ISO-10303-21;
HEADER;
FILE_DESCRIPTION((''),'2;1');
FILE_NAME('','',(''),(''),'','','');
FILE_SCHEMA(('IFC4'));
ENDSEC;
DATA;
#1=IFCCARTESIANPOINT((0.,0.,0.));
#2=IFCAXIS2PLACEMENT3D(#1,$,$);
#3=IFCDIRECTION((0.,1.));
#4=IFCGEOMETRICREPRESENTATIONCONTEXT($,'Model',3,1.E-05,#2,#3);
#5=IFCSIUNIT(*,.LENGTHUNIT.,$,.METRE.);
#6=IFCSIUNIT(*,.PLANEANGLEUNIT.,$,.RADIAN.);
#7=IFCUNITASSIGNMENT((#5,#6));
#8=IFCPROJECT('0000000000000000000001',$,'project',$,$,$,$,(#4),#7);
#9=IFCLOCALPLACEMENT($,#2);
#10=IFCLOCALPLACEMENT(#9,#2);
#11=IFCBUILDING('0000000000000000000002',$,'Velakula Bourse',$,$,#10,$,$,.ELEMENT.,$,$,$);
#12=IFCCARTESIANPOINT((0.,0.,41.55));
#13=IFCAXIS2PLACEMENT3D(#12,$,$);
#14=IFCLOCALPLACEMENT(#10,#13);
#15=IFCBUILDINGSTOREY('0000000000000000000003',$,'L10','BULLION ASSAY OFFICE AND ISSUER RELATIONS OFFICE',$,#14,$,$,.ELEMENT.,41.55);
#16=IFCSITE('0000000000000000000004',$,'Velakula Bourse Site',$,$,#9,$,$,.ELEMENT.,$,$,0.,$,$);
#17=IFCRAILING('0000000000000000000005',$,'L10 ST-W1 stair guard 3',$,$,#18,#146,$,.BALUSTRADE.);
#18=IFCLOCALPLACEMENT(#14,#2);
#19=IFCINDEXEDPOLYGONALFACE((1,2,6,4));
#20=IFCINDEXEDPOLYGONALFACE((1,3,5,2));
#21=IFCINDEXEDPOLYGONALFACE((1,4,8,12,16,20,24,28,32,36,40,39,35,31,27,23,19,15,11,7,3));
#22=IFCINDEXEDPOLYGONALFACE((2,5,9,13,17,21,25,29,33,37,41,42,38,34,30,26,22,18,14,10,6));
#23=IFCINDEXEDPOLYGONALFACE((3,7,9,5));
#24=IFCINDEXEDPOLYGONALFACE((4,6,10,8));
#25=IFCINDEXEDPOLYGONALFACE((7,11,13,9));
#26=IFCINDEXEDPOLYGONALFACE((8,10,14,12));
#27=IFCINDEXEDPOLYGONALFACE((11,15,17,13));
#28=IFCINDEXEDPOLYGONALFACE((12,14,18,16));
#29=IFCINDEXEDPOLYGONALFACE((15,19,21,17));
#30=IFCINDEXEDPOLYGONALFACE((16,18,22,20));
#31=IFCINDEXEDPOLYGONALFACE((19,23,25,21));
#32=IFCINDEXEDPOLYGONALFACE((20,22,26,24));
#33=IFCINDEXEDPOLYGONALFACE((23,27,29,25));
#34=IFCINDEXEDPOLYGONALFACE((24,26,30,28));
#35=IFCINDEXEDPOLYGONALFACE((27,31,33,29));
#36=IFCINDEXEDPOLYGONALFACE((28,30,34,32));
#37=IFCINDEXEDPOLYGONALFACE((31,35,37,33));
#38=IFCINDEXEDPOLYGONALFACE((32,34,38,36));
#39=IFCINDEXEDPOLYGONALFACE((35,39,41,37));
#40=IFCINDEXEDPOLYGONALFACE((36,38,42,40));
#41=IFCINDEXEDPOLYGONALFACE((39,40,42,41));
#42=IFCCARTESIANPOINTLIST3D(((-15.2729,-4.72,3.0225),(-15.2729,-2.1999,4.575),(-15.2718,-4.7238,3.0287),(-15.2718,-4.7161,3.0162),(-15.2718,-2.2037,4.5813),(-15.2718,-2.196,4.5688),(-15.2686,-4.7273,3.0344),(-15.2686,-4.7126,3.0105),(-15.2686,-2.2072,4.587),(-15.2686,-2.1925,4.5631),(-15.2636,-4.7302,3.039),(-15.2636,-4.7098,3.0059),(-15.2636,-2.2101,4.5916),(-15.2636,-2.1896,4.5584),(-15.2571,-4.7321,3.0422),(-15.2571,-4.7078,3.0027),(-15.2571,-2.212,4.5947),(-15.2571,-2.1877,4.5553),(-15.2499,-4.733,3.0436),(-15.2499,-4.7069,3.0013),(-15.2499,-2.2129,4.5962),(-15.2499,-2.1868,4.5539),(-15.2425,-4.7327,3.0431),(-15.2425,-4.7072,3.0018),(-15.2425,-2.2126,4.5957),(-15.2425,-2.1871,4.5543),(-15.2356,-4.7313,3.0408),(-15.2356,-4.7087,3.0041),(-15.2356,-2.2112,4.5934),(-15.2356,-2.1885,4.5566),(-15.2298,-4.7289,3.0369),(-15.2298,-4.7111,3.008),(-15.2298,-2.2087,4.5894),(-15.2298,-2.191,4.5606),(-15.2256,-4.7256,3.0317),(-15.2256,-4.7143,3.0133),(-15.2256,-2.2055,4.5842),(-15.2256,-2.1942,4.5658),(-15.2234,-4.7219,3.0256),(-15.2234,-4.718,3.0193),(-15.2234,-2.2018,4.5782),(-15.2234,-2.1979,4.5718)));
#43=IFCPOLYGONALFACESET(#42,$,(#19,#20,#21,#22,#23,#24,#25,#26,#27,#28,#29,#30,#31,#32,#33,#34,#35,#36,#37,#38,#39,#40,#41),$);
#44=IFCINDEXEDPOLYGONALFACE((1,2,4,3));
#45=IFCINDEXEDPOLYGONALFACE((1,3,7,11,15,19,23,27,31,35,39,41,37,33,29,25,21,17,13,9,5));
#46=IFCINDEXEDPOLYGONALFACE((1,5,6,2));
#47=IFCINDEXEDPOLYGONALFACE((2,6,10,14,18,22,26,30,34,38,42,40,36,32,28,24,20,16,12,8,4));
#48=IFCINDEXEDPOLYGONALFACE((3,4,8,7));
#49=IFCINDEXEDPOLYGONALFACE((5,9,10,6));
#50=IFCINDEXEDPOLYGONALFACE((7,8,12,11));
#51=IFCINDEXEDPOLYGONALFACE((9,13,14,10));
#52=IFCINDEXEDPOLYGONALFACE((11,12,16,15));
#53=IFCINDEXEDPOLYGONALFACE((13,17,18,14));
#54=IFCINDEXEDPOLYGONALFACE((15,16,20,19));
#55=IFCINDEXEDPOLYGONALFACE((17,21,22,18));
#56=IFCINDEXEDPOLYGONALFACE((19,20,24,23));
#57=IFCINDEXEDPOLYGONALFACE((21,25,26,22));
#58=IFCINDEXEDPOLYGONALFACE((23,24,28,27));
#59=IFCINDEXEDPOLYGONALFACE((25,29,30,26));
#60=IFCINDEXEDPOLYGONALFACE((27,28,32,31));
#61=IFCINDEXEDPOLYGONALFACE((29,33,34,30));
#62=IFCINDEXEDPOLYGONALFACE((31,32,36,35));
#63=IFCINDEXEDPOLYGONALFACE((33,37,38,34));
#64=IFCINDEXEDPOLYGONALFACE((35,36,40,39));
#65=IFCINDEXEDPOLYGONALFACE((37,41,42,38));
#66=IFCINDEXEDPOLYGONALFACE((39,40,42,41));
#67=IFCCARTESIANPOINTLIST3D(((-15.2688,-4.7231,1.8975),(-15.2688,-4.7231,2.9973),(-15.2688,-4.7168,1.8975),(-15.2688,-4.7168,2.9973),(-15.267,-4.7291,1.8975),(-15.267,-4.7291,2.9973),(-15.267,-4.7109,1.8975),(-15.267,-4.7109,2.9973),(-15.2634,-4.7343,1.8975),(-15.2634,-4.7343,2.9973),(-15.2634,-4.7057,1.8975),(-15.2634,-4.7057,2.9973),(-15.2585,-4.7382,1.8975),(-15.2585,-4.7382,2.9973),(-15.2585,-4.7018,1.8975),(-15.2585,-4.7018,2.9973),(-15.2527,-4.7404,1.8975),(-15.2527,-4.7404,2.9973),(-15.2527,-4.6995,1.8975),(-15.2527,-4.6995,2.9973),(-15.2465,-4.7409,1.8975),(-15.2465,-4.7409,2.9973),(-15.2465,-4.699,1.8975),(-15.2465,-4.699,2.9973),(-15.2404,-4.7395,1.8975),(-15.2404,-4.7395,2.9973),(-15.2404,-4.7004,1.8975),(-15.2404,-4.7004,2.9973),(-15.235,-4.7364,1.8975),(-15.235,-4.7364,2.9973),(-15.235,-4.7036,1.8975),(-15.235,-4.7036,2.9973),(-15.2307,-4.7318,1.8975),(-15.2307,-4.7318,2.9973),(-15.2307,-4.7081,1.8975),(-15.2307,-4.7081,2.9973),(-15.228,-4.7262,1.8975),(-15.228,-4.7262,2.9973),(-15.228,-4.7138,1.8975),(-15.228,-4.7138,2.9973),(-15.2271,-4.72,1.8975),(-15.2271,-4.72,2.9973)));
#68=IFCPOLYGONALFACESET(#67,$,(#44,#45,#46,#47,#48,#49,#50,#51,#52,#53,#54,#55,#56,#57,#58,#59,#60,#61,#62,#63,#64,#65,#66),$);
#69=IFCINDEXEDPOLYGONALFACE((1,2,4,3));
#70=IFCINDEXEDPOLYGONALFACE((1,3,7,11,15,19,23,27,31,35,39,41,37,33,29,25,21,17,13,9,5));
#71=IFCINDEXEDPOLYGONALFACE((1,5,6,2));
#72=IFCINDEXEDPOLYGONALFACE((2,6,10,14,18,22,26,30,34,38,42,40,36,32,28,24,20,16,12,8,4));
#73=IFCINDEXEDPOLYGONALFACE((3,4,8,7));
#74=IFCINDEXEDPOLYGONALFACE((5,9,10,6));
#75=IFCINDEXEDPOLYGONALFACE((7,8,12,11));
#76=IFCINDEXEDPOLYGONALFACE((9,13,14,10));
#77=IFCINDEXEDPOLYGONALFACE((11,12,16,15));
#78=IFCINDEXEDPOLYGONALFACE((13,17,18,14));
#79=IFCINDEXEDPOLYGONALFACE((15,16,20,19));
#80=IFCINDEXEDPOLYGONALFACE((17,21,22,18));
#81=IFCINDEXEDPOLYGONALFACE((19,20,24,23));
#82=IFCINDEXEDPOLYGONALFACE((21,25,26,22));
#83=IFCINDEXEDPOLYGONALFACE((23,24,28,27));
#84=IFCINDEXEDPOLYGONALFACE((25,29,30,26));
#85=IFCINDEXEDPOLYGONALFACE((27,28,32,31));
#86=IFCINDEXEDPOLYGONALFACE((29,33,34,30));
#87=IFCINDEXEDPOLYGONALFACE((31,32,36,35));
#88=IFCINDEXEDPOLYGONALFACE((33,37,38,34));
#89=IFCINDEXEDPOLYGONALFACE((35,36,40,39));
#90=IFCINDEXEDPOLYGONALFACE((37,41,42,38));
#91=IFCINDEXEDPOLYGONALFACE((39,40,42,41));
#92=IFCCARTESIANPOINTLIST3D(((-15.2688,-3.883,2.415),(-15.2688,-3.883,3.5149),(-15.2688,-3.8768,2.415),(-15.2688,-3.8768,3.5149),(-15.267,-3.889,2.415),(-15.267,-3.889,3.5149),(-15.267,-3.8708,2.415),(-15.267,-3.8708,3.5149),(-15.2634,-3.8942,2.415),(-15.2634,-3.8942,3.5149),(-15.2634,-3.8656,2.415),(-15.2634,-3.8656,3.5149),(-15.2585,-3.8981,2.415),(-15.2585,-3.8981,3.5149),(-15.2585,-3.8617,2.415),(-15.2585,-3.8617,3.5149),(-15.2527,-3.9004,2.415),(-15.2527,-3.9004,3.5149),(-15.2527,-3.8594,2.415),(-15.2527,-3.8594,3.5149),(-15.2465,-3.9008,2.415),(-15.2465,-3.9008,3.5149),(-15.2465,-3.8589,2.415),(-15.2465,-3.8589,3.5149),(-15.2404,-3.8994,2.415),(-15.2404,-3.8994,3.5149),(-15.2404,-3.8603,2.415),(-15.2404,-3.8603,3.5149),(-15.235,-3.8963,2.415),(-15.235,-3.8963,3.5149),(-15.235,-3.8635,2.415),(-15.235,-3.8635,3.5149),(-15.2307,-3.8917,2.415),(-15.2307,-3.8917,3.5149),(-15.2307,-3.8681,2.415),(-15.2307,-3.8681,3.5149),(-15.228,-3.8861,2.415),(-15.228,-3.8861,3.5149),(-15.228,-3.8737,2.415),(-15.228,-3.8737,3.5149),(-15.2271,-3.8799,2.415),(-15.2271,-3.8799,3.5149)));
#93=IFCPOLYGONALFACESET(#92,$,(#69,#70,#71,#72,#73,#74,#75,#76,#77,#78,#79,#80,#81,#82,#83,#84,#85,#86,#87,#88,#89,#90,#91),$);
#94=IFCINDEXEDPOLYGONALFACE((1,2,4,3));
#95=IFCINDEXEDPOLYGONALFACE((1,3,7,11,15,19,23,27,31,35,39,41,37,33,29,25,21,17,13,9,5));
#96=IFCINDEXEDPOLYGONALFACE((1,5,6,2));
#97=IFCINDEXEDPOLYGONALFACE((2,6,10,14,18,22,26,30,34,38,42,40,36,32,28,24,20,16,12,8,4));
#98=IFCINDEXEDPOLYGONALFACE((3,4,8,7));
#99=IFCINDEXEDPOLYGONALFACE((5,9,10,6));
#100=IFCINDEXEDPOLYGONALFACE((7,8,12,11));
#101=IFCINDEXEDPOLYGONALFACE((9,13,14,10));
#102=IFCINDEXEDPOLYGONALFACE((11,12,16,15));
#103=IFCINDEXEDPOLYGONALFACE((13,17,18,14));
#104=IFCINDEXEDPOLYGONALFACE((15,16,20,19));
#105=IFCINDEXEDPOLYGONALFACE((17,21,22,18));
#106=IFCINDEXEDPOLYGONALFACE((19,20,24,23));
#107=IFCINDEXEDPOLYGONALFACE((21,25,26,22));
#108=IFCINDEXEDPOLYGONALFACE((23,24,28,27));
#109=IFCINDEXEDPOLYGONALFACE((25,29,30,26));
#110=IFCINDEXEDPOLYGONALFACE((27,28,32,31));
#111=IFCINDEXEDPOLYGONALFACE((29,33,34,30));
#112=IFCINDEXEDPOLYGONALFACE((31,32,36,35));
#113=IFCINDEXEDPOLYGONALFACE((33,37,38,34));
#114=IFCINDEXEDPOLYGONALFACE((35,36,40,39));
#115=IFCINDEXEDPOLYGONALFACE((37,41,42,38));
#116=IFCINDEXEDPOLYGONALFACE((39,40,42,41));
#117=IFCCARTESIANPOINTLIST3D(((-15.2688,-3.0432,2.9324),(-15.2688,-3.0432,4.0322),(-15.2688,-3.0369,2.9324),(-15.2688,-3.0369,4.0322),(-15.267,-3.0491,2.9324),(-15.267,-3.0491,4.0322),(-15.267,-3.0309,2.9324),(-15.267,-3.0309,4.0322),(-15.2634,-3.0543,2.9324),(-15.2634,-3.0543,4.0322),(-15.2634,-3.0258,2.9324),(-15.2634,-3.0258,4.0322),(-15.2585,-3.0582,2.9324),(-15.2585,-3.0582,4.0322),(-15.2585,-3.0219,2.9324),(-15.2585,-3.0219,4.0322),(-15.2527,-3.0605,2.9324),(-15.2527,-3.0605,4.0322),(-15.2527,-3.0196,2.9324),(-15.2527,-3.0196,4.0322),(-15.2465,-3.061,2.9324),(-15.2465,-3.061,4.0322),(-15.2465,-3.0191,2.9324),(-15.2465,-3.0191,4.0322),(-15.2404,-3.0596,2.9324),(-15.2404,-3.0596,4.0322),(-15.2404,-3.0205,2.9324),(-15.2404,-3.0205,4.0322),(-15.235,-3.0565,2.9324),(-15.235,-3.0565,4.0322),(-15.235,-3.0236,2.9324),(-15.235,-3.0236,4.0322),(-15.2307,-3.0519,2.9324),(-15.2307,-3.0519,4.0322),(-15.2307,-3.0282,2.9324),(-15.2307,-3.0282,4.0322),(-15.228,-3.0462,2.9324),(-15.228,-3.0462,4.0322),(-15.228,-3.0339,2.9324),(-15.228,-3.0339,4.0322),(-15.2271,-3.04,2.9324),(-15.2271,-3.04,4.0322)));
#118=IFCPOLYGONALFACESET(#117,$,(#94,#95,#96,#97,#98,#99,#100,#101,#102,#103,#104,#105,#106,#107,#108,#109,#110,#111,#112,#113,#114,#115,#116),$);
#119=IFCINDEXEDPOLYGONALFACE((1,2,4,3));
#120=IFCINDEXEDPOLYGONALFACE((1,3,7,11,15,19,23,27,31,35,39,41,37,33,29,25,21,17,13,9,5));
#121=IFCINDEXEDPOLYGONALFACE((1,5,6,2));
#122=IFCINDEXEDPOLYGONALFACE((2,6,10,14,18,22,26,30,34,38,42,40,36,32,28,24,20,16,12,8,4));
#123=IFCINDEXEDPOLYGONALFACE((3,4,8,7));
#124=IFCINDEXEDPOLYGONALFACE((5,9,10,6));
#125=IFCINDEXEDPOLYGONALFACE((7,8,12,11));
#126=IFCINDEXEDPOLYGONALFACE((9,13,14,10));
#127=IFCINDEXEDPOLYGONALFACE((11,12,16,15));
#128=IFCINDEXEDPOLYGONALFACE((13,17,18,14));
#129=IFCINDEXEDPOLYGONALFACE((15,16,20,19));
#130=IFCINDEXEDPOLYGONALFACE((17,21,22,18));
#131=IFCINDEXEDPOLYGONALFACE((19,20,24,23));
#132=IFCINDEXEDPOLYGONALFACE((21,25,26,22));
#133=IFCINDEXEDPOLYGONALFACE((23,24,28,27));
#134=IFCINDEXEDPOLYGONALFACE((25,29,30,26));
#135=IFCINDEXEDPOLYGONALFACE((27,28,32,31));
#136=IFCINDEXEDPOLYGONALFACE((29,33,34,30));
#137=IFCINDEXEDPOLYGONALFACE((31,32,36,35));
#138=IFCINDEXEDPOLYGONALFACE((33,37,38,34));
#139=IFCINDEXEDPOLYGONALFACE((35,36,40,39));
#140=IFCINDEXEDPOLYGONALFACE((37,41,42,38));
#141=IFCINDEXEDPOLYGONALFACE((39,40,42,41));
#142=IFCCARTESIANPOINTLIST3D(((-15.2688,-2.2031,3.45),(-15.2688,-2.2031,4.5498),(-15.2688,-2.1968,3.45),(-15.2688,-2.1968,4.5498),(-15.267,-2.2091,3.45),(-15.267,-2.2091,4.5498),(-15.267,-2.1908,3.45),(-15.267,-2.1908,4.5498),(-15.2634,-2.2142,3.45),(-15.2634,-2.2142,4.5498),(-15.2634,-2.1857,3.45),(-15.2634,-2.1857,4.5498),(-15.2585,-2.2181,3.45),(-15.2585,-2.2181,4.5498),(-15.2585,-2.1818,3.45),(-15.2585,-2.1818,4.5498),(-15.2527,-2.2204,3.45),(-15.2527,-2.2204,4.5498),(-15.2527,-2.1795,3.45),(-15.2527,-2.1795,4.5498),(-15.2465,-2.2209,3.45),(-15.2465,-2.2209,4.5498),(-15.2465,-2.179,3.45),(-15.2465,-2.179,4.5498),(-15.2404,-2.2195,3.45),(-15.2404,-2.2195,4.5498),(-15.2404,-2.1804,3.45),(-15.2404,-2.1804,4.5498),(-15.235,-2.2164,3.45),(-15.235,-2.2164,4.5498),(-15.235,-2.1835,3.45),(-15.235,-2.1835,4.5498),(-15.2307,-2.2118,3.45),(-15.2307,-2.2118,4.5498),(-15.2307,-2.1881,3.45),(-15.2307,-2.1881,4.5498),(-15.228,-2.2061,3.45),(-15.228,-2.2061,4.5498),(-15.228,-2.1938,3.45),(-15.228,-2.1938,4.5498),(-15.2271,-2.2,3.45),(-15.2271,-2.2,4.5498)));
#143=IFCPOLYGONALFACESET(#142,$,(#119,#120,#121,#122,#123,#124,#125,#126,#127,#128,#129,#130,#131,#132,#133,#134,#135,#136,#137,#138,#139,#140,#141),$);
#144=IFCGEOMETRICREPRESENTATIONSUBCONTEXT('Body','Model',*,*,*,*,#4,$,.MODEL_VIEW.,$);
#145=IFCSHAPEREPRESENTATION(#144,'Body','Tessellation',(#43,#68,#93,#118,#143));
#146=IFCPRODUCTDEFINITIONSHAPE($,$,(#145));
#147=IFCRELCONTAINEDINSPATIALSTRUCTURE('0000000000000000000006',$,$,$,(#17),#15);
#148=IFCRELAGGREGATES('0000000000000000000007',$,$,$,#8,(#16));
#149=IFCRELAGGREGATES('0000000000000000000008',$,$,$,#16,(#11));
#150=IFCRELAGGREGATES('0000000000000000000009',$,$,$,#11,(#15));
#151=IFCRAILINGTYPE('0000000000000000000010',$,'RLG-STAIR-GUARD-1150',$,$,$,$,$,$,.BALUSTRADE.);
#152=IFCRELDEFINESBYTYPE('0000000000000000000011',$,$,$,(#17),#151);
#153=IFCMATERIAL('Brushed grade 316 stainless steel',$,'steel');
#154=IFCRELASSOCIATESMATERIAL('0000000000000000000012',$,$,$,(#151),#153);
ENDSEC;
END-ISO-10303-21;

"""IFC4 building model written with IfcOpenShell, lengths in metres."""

from ifc_helpers import new_model, si_unit, direction, frame, origin, origin_2d, place, context, subcontext, project, spatial, circle, extrude, material, type_object, element, save


model = new_model("IFC4")

# Units and contexts
model_context = context("Model", 3, precision=1e-05, world=origin(), true_north=direction((0.0, 1.0)))
body_context = subcontext(model_context, "Body", "Model", "MODEL_VIEW")
ifc_project = project(units=[si_unit("LENGTHUNIT", "METRE"), si_unit("PLANEANGLEUNIT", "RADIAN")], contexts=[model_context])

# Site, building, storey
site_placement = place(None, origin())
site = spatial("IfcSite", under=ifc_project, at=site_placement, Name="Velakula Bourse Site", CompositionType="ELEMENT", RefElevation=0.0)
building_placement = place(site_placement, origin())
building = spatial("IfcBuilding", under=site, at=building_placement, Name="Velakula Bourse", CompositionType="ELEMENT")
storey_placement = place(building_placement, frame((0.0, 0.0, 41.55)))
storey = spatial("IfcBuildingStorey", under=building, at=storey_placement, Name="L10", Description="BULLION ASSAY OFFICE AND ISSUER RELATIONS OFFICE", CompositionType="ELEMENT", Elevation=41.55)

# Shared definitions
ifc_material_1 = material(Name="Brushed grade 316 stainless steel", Category="steel")

# Railing
railing_type_1 = type_object("IfcRailingType", Name="RLG-STAIR-GUARD-1150", PredefinedType="BALUSTRADE", material=ifc_material_1)
railing_1_placement = place(storey_placement, frame((-15.248, -4.72, 1.8975)))
element("IfcRailing", 1, at=railing_1_placement, inside=storey, type_object=railing_type_1, Name="L10 ST-W1 stair guard 3", PredefinedType="BALUSTRADE", context=body_context, shape_type="SweptSolid", body=[
    extrude(circle(Radius=0.0249, at=origin_2d()), frame((0.0, 0.0, 1.125), z_axis=(0.0, 0.8514, 0.524516), x_axis=(-1.0, 0.0, 0.0)), (0.0, 0.0, 1.0), 2.96),
    extrude(circle(Radius=0.021, at=origin_2d()), origin(), (0.0, 0.0, 1.0), 1.0999),
    extrude(circle(Radius=0.021, at=origin_2d()), frame((0.0, 0.8401, 0.5176)), (0.0, 0.0, 1.0), 1.0999),
    extrude(circle(Radius=0.021, at=origin_2d()), frame((0.0, 1.6799, 1.0349)), (0.0, 0.0, 1.0), 1.0999),
    extrude(circle(Radius=0.021, at=origin_2d()), frame((0.0, 2.52, 1.5525)), (0.0, 0.0, 1.0), 1.0999),
])

save(model, "model.ifc")
